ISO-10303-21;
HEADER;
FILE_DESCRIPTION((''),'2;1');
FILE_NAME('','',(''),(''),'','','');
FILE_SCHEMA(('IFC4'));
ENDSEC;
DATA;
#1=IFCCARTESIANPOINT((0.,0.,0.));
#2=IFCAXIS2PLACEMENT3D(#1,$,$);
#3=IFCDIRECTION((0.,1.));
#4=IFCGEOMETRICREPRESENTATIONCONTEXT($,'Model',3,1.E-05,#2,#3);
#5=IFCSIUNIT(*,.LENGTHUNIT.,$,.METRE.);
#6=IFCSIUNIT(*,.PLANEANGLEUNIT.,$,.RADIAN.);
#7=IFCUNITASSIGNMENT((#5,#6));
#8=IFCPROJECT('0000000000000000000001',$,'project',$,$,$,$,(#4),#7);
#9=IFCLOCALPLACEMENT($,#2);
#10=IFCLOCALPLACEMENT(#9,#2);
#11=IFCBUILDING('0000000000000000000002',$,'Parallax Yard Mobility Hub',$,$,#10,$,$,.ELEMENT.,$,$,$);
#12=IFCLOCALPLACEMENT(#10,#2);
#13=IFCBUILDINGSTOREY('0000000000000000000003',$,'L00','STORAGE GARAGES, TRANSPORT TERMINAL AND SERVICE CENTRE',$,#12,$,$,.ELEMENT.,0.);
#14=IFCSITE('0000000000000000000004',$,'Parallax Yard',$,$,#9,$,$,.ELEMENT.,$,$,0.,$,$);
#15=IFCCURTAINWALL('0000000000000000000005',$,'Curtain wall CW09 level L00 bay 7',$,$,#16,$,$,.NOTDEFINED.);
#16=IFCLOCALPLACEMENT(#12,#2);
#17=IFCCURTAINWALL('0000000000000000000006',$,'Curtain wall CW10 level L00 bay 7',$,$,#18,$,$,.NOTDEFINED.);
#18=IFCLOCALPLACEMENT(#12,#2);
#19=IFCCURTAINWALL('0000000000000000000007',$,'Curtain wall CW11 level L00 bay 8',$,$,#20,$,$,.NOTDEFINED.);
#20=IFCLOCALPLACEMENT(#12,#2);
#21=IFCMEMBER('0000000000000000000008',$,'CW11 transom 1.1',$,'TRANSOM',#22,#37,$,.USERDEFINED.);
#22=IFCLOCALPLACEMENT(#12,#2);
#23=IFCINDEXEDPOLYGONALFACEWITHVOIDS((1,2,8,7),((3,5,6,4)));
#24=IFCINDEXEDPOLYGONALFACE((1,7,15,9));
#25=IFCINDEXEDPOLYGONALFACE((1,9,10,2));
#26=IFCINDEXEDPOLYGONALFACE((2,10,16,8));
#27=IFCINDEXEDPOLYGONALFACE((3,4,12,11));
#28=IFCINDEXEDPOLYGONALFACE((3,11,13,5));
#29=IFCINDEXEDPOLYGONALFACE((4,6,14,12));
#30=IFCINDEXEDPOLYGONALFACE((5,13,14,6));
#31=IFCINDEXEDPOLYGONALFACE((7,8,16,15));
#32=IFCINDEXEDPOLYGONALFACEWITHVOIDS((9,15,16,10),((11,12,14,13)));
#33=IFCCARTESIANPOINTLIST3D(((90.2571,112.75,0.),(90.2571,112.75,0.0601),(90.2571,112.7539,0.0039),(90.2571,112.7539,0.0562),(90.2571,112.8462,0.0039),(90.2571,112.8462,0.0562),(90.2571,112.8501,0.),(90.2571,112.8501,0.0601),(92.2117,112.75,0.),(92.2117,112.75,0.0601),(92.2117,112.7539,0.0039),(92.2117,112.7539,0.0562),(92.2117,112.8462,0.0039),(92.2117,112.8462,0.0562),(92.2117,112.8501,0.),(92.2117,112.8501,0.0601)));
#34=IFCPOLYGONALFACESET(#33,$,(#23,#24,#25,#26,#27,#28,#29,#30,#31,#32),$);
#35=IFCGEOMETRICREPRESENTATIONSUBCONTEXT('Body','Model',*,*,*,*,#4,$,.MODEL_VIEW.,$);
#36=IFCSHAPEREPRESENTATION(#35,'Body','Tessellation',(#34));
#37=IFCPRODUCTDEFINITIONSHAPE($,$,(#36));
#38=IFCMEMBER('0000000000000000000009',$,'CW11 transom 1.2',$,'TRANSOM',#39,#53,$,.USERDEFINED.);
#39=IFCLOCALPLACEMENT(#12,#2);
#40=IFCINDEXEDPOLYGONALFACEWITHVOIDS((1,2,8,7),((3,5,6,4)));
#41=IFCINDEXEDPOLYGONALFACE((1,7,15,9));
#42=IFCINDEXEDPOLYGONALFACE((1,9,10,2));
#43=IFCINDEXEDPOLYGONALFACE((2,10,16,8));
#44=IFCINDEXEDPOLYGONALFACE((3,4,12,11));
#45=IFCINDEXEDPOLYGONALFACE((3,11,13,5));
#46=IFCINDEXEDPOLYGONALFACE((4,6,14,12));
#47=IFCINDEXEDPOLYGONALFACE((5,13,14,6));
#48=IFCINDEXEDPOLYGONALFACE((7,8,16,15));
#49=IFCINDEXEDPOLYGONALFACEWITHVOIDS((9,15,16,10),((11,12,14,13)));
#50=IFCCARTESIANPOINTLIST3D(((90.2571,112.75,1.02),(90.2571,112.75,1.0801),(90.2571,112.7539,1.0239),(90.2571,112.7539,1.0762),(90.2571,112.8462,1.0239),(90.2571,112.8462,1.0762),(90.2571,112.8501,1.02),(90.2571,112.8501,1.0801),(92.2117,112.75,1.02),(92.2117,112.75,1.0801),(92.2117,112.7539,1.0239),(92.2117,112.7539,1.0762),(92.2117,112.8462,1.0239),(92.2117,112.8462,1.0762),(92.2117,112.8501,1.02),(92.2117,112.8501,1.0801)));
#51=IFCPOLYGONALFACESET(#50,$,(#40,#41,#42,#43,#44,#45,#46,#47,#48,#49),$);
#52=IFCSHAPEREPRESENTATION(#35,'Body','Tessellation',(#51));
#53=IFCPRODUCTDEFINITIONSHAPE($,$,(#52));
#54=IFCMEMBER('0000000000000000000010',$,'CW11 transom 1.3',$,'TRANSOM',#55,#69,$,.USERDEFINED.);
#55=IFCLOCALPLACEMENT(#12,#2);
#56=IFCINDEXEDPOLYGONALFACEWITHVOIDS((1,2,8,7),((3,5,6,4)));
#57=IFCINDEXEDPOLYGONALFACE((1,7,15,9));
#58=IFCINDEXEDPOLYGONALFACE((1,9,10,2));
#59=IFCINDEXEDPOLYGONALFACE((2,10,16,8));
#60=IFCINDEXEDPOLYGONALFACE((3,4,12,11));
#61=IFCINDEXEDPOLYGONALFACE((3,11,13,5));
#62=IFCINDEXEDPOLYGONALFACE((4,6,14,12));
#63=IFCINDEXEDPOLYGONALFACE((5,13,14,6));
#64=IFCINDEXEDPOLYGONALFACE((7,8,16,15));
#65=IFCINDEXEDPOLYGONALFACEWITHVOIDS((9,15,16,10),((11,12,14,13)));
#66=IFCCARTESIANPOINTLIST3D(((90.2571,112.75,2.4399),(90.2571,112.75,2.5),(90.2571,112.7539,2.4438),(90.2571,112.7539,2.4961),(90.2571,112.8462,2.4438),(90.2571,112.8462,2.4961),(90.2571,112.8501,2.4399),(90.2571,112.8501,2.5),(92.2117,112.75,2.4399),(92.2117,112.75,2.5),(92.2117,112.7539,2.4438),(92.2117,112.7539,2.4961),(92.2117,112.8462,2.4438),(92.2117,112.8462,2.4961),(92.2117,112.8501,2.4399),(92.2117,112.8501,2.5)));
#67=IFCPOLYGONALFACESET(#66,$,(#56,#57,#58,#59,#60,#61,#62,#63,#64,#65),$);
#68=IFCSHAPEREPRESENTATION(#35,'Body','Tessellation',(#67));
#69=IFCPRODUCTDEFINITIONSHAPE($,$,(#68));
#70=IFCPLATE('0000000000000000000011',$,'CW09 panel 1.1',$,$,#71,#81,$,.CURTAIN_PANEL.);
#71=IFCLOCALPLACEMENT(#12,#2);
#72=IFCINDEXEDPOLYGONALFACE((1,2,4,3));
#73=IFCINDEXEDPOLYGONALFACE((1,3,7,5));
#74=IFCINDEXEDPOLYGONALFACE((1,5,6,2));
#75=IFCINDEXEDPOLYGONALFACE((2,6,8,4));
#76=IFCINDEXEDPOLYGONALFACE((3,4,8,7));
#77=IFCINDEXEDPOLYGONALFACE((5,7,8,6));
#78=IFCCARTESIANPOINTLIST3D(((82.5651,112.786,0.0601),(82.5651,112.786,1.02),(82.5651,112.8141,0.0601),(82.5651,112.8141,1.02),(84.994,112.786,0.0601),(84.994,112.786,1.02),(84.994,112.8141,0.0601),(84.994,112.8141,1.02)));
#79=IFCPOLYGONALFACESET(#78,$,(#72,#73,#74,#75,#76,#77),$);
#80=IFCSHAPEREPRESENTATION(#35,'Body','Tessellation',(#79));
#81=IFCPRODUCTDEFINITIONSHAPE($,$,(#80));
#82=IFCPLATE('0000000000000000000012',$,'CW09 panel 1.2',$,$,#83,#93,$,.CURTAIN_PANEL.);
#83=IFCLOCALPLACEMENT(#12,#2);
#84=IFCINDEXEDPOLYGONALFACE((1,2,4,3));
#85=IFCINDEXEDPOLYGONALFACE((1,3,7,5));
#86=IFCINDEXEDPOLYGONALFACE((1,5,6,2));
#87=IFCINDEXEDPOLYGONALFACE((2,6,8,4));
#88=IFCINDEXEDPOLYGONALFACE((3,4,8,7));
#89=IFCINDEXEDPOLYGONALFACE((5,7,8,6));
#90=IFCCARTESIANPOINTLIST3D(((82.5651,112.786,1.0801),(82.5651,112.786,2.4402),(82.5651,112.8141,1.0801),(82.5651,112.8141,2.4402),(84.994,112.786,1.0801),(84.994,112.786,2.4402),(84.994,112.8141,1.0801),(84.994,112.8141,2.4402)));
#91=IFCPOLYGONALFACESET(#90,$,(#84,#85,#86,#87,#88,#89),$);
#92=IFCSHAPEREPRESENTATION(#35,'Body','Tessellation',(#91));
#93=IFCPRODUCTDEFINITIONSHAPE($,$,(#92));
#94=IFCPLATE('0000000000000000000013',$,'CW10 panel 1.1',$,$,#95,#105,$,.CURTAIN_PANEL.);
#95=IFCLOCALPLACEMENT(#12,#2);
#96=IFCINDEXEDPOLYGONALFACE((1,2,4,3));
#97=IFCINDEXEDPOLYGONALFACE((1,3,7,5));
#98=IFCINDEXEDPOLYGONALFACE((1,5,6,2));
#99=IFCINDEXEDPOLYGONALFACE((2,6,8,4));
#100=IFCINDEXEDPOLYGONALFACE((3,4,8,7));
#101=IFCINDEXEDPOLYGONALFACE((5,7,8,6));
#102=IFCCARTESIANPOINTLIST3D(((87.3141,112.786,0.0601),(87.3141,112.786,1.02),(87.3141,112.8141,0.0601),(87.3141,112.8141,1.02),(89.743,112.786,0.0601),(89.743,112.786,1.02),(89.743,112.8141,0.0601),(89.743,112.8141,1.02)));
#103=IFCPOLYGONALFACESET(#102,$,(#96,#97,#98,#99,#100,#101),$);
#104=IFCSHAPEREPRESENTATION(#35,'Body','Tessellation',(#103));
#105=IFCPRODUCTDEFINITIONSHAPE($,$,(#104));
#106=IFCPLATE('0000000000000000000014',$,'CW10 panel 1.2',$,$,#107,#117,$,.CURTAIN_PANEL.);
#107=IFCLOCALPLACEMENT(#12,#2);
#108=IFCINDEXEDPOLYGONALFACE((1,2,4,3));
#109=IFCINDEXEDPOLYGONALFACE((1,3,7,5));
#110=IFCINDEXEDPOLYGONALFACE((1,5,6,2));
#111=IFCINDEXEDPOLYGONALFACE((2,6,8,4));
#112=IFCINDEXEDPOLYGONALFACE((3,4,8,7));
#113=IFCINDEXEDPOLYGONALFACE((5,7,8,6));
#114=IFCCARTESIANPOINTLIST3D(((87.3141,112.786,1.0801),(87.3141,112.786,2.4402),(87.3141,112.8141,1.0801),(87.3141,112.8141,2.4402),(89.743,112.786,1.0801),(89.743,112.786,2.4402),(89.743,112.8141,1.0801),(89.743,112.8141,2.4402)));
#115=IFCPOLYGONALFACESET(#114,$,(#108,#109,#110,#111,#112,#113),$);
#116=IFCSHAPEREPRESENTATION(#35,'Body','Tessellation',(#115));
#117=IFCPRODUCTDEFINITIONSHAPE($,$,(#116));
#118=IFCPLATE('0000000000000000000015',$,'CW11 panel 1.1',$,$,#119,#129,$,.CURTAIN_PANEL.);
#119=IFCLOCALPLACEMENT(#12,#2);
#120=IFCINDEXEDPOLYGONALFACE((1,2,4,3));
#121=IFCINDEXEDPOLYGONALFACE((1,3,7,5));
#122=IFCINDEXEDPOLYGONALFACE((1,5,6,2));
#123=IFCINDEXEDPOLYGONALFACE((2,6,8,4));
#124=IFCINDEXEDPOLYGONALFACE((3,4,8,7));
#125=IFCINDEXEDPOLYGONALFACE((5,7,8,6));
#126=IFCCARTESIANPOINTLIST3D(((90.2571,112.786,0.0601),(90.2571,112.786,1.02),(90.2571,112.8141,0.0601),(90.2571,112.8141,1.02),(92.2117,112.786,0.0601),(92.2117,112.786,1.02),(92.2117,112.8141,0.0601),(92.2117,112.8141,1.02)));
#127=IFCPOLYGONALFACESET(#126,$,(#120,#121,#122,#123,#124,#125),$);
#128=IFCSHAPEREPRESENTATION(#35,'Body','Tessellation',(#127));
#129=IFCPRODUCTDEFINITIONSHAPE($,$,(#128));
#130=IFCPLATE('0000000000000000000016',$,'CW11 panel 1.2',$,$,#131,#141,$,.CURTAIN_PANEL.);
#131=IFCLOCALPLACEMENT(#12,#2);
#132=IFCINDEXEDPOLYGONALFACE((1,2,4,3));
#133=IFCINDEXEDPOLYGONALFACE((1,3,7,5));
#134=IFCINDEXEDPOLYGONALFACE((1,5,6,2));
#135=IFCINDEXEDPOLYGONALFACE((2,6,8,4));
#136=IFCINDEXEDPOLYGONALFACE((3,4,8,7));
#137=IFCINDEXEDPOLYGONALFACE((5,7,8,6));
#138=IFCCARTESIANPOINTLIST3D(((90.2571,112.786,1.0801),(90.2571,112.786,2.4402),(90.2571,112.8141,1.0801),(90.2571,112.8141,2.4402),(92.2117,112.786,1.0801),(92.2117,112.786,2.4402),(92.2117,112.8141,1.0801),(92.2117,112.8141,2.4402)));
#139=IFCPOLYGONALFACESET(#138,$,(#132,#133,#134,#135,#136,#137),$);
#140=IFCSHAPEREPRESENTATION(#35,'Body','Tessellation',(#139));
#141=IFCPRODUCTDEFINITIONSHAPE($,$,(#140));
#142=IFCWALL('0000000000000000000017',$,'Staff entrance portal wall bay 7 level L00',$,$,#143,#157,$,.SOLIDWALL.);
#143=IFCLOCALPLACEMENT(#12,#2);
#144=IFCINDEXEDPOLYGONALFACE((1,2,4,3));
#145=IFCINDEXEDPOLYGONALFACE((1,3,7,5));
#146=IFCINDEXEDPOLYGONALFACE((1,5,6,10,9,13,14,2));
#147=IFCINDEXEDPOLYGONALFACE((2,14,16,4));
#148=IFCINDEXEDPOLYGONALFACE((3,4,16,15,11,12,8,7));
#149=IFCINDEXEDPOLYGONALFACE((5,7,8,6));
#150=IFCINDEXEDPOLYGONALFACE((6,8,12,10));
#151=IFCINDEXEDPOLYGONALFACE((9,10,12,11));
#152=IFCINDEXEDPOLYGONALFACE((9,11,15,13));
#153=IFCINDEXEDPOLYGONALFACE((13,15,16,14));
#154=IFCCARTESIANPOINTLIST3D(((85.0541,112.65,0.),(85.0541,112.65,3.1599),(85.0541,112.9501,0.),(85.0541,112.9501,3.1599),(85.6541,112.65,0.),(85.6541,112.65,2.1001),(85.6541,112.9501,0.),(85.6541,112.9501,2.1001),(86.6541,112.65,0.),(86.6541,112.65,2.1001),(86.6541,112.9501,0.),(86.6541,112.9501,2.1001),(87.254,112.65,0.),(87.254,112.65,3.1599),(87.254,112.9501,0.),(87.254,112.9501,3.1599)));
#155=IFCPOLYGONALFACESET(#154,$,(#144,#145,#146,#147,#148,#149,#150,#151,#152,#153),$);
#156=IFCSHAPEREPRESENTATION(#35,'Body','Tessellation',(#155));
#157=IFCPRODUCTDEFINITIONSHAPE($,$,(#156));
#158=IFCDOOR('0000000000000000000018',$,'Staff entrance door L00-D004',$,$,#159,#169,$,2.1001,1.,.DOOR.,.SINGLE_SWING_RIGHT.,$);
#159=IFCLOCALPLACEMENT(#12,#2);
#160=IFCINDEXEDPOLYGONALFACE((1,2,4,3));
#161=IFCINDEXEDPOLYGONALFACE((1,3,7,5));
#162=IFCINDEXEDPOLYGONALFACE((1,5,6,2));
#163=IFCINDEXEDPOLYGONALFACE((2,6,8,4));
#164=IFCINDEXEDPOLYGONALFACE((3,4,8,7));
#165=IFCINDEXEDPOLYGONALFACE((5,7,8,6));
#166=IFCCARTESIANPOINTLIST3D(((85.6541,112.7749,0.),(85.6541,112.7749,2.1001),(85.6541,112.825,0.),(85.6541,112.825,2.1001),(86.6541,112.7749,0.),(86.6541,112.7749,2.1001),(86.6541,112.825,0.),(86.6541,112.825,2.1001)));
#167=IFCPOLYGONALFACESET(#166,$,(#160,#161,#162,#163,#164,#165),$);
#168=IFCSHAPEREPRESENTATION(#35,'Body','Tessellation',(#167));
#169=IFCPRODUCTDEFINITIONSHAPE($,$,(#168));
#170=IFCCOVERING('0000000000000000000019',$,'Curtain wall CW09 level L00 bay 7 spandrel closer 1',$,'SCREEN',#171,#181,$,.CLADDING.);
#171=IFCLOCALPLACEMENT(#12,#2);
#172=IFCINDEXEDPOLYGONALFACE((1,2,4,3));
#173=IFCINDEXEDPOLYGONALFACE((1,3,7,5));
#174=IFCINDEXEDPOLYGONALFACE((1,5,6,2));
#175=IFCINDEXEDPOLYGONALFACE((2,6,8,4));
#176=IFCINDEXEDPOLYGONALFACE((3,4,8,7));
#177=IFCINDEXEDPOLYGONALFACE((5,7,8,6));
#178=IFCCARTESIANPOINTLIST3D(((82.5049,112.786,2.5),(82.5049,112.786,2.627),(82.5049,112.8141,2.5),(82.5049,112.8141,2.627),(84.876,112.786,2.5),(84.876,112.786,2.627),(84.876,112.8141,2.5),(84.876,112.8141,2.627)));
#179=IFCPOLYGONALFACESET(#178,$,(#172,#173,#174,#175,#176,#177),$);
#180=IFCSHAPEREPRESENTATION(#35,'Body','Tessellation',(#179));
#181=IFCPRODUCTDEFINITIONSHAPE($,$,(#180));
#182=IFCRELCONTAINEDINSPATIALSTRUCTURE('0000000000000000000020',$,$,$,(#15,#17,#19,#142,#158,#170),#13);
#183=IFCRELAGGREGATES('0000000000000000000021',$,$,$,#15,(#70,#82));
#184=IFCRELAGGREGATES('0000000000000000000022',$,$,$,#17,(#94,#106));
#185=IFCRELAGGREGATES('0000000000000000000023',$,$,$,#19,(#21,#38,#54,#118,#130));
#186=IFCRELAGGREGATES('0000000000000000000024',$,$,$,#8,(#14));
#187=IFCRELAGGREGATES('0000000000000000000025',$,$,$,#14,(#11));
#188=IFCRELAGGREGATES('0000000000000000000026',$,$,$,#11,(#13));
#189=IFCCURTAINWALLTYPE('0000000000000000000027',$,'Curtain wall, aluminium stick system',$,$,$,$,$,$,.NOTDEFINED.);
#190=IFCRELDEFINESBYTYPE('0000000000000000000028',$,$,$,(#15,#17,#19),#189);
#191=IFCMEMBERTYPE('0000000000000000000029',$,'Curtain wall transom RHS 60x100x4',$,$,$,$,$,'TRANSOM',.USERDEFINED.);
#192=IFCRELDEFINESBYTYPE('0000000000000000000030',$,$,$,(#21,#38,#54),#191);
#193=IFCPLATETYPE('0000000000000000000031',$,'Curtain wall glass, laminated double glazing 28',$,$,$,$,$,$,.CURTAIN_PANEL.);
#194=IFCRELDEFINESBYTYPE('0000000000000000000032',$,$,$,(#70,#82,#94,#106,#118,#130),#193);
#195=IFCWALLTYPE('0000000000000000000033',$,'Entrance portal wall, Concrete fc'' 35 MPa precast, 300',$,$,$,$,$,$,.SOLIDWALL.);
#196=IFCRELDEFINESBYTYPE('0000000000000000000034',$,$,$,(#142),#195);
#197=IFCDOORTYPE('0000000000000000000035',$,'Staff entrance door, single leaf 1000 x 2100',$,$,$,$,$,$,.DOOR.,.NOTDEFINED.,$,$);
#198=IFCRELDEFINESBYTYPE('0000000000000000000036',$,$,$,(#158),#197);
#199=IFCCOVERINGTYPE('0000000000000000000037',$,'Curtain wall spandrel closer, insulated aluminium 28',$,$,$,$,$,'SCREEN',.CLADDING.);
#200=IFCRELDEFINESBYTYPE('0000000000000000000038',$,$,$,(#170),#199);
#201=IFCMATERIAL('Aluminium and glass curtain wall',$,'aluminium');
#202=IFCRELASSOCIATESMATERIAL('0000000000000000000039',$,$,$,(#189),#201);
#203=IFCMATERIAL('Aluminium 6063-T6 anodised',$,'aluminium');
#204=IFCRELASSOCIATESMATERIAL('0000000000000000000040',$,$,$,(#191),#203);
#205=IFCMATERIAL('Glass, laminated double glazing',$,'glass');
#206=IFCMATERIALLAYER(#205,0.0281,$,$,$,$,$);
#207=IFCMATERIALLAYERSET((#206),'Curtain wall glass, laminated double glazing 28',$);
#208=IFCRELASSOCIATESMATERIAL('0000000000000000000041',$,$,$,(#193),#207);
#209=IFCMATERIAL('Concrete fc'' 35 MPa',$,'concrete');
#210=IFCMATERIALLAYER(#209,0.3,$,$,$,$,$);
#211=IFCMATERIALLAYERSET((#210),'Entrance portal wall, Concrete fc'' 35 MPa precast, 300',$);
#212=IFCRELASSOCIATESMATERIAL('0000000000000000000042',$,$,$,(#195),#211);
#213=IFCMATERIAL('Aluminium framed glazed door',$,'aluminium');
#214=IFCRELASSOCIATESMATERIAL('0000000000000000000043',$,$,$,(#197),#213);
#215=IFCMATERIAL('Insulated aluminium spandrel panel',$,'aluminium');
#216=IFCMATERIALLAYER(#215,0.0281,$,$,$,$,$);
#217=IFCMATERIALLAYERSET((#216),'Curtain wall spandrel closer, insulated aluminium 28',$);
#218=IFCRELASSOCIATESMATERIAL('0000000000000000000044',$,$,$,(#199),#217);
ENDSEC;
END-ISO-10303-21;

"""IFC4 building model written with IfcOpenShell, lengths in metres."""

from ifc_helpers import new_model, si_unit, direction, frame, frame_2d, origin, origin_2d, place, context, subcontext, project, spatial, rectangle, hollow_rectangle, extrude, material, layer, layer_set, material_profile, profile_set, type_object, element, fill, aggregate, save


model = new_model("IFC4")

# Units and contexts
model_context = context("Model", 3, precision=1e-05, world=origin(), true_north=direction((0.0, 1.0)))
body_context = subcontext(model_context, "Body", "Model", "MODEL_VIEW")
ifc_project = project(units=[si_unit("LENGTHUNIT", "METRE"), si_unit("PLANEANGLEUNIT", "RADIAN")], contexts=[model_context])

# Site, building, storey
site_placement = place(None, origin())
site = spatial("IfcSite", under=ifc_project, at=site_placement, Name="Parallax Yard", CompositionType="ELEMENT", RefElevation=0.0)
building_placement = place(site_placement, origin())
building = spatial("IfcBuilding", under=site, at=building_placement, Name="Parallax Yard Mobility Hub", CompositionType="ELEMENT")
storey_placement = place(building_placement, origin())
storey = spatial("IfcBuildingStorey", under=building, at=storey_placement, Name="L00", Description="STORAGE GARAGES, TRANSPORT TERMINAL AND SERVICE CENTRE", CompositionType="ELEMENT", Elevation=0.0)

# Curtain wall
ifc_material_1 = material(Name="Aluminium and glass curtain wall", Category="aluminium")
curtain_wall_type = type_object("IfcCurtainWallType", Name="Curtain wall, aluminium stick system", PredefinedType="NOTDEFINED", material=ifc_material_1)
curtain_wall_1_placement = place(storey_placement, origin())
curtain_wall_1 = element("IfcCurtainWall", 1, at=curtain_wall_1_placement, inside=storey, type_object=curtain_wall_type, Name="Curtain wall CW09 level L00 bay 7", PredefinedType="NOTDEFINED")
ifc_material_2 = material(Name="Aluminium 6063-T6 anodised", Category="aluminium")

# Curtain walls
curtain_wall_2_placement = place(storey_placement, origin())
curtain_wall_2 = element("IfcCurtainWall", 2, at=curtain_wall_2_placement, inside=storey, type_object=curtain_wall_type, Name="Curtain wall CW10 level L00 bay 7", PredefinedType="NOTDEFINED")
curtain_wall_3_placement = place(storey_placement, origin())
curtain_wall_3 = element("IfcCurtainWall", 3, at=curtain_wall_3_placement, inside=storey, type_object=curtain_wall_type, Name="Curtain wall CW11 level L00 bay 8", PredefinedType="NOTDEFINED")

# Members
ifc_material_profile_1 = material_profile(ifc_material_2, hollow_rectangle(XDim=0.1001, YDim=0.0601, WallThickness=0.0039, at=origin_2d()), Name="RHS 60x100x4")
ifc_profile_set_1 = profile_set([ifc_material_profile_1], Name="Aluminium 6063-T6 anodised")
member_type_1 = type_object("IfcMemberType", Name="Curtain wall transom RHS 60x100x4", ElementType="TRANSOM", PredefinedType="USERDEFINED", material=ifc_profile_set_1)
member_1_placement = place(storey_placement, frame((90.2571, 112.8, 0.03), z_axis=(1.0, 0.0, 0.0), x_axis=(0.0, 1.0, 0.0)))
member_1 = element("IfcMember", 4, at=member_1_placement, type_object=member_type_1, Name="CW11 transom 1.1", ObjectType="TRANSOM", PredefinedType="USERDEFINED", context=body_context, shape_type="SweptSolid", body=[
    extrude(hollow_rectangle(XDim=0.1001, YDim=0.0601, WallThickness=0.0039, at=origin_2d()), origin(), (0.0, 0.0, 1.0), 1.9546),
])
member_2_placement = place(storey_placement, frame((90.2571, 112.8, 1.05), z_axis=(1.0, 0.0, 0.0), x_axis=(0.0, 1.0, 0.0)))
member_2 = element("IfcMember", 5, at=member_2_placement, type_object=member_type_1, Name="CW11 transom 1.2", ObjectType="TRANSOM", PredefinedType="USERDEFINED", context=body_context, shape_type="SweptSolid", body=[
    extrude(hollow_rectangle(XDim=0.1001, YDim=0.0601, WallThickness=0.0039, at=origin_2d()), origin(), (0.0, 0.0, 1.0), 1.9546),
])
member_3_placement = place(storey_placement, frame((90.2571, 112.8, 2.47), z_axis=(1.0, 0.0, 0.0), x_axis=(0.0, 1.0, 0.0)))
member_3 = element("IfcMember", 6, at=member_3_placement, type_object=member_type_1, Name="CW11 transom 1.3", ObjectType="TRANSOM", PredefinedType="USERDEFINED", context=body_context, shape_type="SweptSolid", body=[
    extrude(hollow_rectangle(XDim=0.1001, YDim=0.0601, WallThickness=0.0039, at=origin_2d()), origin(), (0.0, 0.0, 1.0), 1.9546),
])

# Plates
ifc_material_3 = material(Name="Glass, laminated double glazing", Category="glass")
ifc_layer_1 = layer(ifc_material_3, 0.0281)
ifc_layer_set_1 = layer_set([ifc_layer_1], Name="Curtain wall glass, laminated double glazing 28")
plate_type = type_object("IfcPlateType", Name="Curtain wall glass, laminated double glazing 28", PredefinedType="CURTAIN_PANEL", material=ifc_layer_set_1)
plate_1_placement = place(storey_placement, frame((83.7795, 112.8, 0.0601), z_axis=(0.0, 0.0, 1.0), x_axis=(1.0, 0.0, 0.0)))
plate_1 = element("IfcPlate", 7, at=plate_1_placement, type_object=plate_type, Name="CW09 panel 1.1", PredefinedType="CURTAIN_PANEL", context=body_context, shape_type="SweptSolid", body=[
    extrude(rectangle(XDim=2.429, YDim=0.0281, at=origin_2d()), origin(), (0.0, 0.0, 1.0), 0.96),
])
plate_2_placement = place(storey_placement, frame((83.7795, 112.8, 1.0801), z_axis=(0.0, 0.0, 1.0), x_axis=(1.0, 0.0, 0.0)))
plate_2 = element("IfcPlate", 8, at=plate_2_placement, type_object=plate_type, Name="CW09 panel 1.2", PredefinedType="CURTAIN_PANEL", context=body_context, shape_type="SweptSolid", body=[
    extrude(rectangle(XDim=2.429, YDim=0.0281, at=origin_2d()), origin(), (0.0, 0.0, 1.0), 1.3601),
])
aggregate(curtain_wall_1, [plate_1, plate_2])
plate_3_placement = place(storey_placement, frame((88.5286, 112.8, 0.0601), z_axis=(0.0, 0.0, 1.0), x_axis=(1.0, 0.0, 0.0)))
plate_3 = element("IfcPlate", 9, at=plate_3_placement, type_object=plate_type, Name="CW10 panel 1.1", PredefinedType="CURTAIN_PANEL", context=body_context, shape_type="SweptSolid", body=[
    extrude(rectangle(XDim=2.429, YDim=0.0281, at=origin_2d()), origin(), (0.0, 0.0, 1.0), 0.96),
])
plate_4_placement = place(storey_placement, frame((88.5286, 112.8, 1.0801), z_axis=(0.0, 0.0, 1.0), x_axis=(1.0, 0.0, 0.0)))
plate_4 = element("IfcPlate", 10, at=plate_4_placement, type_object=plate_type, Name="CW10 panel 1.2", PredefinedType="CURTAIN_PANEL", context=body_context, shape_type="SweptSolid", body=[
    extrude(rectangle(XDim=2.429, YDim=0.0281, at=origin_2d()), origin(), (0.0, 0.0, 1.0), 1.3601),
])
aggregate(curtain_wall_2, [plate_3, plate_4])
plate_5_placement = place(storey_placement, frame((91.2344, 112.8, 0.0601), z_axis=(0.0, 0.0, 1.0), x_axis=(1.0, 0.0, 0.0)))
plate_5 = element("IfcPlate", 11, at=plate_5_placement, type_object=plate_type, Name="CW11 panel 1.1", PredefinedType="CURTAIN_PANEL", context=body_context, shape_type="SweptSolid", body=[
    extrude(rectangle(XDim=1.9546, YDim=0.0281, at=origin_2d()), origin(), (0.0, 0.0, 1.0), 0.96),
])
plate_6_placement = place(storey_placement, frame((91.2344, 112.8, 1.0801), z_axis=(0.0, 0.0, 1.0), x_axis=(1.0, 0.0, 0.0)))
plate_6 = element("IfcPlate", 12, at=plate_6_placement, type_object=plate_type, Name="CW11 panel 1.2", PredefinedType="CURTAIN_PANEL", context=body_context, shape_type="SweptSolid", body=[
    extrude(rectangle(XDim=1.9546, YDim=0.0281, at=origin_2d()), origin(), (0.0, 0.0, 1.0), 1.3601),
])
aggregate(curtain_wall_3, [member_1, member_2, member_3, plate_5, plate_6])

# Wall, opening, door
ifc_material_4 = material(Name="Concrete fc' 35 MPa", Category="concrete")
ifc_layer_2 = layer(ifc_material_4, 0.3)
ifc_layer_set_2 = layer_set([ifc_layer_2], Name="Entrance portal wall, Concrete fc' 35 MPa precast, 300")
wall_type = type_object("IfcWallType", Name="Entrance portal wall, Concrete fc' 35 MPa precast, 300", PredefinedType="SOLIDWALL", material=ifc_layer_set_2)
wall_1_placement = place(storey_placement, frame((85.054, 112.8, 0.0), z_axis=(0.0, 0.0, 1.0), x_axis=(1.0, 0.0, 0.0)))
wall_1 = element("IfcWall", 13, at=wall_1_placement, inside=storey, type_object=wall_type, Name="Staff entrance portal wall bay 7 level L00", PredefinedType="SOLIDWALL", context=body_context, shape_type="SweptSolid", body=[
    extrude(rectangle(XDim=2.2, YDim=0.3, at=frame_2d((1.1001, 0.0))), origin(), (0.0, 0.0, 1.0), 3.1599),
])
opening_1_placement = place(wall_1_placement, frame((0.6001, 0.0, 0.0)))
opening_1 = element("IfcOpeningElement", 14, at=opening_1_placement, cuts=wall_1, PredefinedType="OPENING", context=body_context, shape_type="SweptSolid", body=[
    extrude(rectangle(XDim=1.0, YDim=2.1001, at=frame_2d((0.5, 1.05))), frame((0.0, 0.1602, 0.0), z_axis=(0.0, -1.0, 0.0), x_axis=(1.0, 0.0, 0.0)), (0.0, 0.0, 1.0), 0.3201),
])
ifc_material_5 = material(Name="Aluminium framed glazed door", Category="aluminium")
door_type_1 = type_object("IfcDoorType", Name="Staff entrance door, single leaf 1000 x 2100", OperationType="NOTDEFINED", PredefinedType="DOOR", material=ifc_material_5)
door_1_placement = place(opening_1_placement, origin())
door_1 = element("IfcDoor", 15, at=door_1_placement, inside=storey, type_object=door_type_1, Name="Staff entrance door L00-D004", OperationType="SINGLE_SWING_RIGHT", OverallHeight=2.1001, OverallWidth=1.0, PredefinedType="DOOR", context=body_context, shape_type="SweptSolid", body=[
    extrude(rectangle(XDim=1.0, YDim=2.1001, at=frame_2d((0.5, 1.05))), frame((0.0, 0.0249, 0.0), z_axis=(0.0, -1.0, 0.0), x_axis=(1.0, 0.0, 0.0)), (0.0, 0.0, 1.0), 0.05),
])
fill(opening_1, door_1)

# Covering
ifc_material_6 = material(Name="Insulated aluminium spandrel panel", Category="aluminium")
ifc_layer_3 = layer(ifc_material_6, 0.0281)
ifc_layer_set_3 = layer_set([ifc_layer_3], Name="Curtain wall spandrel closer, insulated aluminium 28")
covering_type = type_object("IfcCoveringType", Name="Curtain wall spandrel closer, insulated aluminium 28", ElementType="SCREEN", PredefinedType="CLADDING", material=ifc_layer_set_3)
covering_1_placement = place(storey_placement, frame((83.6904, 112.8, 2.5), z_axis=(0.0, 0.0, 1.0), x_axis=(1.0, 0.0, 0.0)))
element("IfcCovering", 16, at=covering_1_placement, inside=storey, type_object=covering_type, Name="Curtain wall CW09 level L00 bay 7 spandrel closer 1", ObjectType="SCREEN", PredefinedType="CLADDING", context=body_context, shape_type="SweptSolid", body=[
    extrude(rectangle(XDim=2.3711, YDim=0.0281, at=origin_2d()), origin(), (0.0, 0.0, 1.0), 0.127),
])

save(model, "model.ifc")
